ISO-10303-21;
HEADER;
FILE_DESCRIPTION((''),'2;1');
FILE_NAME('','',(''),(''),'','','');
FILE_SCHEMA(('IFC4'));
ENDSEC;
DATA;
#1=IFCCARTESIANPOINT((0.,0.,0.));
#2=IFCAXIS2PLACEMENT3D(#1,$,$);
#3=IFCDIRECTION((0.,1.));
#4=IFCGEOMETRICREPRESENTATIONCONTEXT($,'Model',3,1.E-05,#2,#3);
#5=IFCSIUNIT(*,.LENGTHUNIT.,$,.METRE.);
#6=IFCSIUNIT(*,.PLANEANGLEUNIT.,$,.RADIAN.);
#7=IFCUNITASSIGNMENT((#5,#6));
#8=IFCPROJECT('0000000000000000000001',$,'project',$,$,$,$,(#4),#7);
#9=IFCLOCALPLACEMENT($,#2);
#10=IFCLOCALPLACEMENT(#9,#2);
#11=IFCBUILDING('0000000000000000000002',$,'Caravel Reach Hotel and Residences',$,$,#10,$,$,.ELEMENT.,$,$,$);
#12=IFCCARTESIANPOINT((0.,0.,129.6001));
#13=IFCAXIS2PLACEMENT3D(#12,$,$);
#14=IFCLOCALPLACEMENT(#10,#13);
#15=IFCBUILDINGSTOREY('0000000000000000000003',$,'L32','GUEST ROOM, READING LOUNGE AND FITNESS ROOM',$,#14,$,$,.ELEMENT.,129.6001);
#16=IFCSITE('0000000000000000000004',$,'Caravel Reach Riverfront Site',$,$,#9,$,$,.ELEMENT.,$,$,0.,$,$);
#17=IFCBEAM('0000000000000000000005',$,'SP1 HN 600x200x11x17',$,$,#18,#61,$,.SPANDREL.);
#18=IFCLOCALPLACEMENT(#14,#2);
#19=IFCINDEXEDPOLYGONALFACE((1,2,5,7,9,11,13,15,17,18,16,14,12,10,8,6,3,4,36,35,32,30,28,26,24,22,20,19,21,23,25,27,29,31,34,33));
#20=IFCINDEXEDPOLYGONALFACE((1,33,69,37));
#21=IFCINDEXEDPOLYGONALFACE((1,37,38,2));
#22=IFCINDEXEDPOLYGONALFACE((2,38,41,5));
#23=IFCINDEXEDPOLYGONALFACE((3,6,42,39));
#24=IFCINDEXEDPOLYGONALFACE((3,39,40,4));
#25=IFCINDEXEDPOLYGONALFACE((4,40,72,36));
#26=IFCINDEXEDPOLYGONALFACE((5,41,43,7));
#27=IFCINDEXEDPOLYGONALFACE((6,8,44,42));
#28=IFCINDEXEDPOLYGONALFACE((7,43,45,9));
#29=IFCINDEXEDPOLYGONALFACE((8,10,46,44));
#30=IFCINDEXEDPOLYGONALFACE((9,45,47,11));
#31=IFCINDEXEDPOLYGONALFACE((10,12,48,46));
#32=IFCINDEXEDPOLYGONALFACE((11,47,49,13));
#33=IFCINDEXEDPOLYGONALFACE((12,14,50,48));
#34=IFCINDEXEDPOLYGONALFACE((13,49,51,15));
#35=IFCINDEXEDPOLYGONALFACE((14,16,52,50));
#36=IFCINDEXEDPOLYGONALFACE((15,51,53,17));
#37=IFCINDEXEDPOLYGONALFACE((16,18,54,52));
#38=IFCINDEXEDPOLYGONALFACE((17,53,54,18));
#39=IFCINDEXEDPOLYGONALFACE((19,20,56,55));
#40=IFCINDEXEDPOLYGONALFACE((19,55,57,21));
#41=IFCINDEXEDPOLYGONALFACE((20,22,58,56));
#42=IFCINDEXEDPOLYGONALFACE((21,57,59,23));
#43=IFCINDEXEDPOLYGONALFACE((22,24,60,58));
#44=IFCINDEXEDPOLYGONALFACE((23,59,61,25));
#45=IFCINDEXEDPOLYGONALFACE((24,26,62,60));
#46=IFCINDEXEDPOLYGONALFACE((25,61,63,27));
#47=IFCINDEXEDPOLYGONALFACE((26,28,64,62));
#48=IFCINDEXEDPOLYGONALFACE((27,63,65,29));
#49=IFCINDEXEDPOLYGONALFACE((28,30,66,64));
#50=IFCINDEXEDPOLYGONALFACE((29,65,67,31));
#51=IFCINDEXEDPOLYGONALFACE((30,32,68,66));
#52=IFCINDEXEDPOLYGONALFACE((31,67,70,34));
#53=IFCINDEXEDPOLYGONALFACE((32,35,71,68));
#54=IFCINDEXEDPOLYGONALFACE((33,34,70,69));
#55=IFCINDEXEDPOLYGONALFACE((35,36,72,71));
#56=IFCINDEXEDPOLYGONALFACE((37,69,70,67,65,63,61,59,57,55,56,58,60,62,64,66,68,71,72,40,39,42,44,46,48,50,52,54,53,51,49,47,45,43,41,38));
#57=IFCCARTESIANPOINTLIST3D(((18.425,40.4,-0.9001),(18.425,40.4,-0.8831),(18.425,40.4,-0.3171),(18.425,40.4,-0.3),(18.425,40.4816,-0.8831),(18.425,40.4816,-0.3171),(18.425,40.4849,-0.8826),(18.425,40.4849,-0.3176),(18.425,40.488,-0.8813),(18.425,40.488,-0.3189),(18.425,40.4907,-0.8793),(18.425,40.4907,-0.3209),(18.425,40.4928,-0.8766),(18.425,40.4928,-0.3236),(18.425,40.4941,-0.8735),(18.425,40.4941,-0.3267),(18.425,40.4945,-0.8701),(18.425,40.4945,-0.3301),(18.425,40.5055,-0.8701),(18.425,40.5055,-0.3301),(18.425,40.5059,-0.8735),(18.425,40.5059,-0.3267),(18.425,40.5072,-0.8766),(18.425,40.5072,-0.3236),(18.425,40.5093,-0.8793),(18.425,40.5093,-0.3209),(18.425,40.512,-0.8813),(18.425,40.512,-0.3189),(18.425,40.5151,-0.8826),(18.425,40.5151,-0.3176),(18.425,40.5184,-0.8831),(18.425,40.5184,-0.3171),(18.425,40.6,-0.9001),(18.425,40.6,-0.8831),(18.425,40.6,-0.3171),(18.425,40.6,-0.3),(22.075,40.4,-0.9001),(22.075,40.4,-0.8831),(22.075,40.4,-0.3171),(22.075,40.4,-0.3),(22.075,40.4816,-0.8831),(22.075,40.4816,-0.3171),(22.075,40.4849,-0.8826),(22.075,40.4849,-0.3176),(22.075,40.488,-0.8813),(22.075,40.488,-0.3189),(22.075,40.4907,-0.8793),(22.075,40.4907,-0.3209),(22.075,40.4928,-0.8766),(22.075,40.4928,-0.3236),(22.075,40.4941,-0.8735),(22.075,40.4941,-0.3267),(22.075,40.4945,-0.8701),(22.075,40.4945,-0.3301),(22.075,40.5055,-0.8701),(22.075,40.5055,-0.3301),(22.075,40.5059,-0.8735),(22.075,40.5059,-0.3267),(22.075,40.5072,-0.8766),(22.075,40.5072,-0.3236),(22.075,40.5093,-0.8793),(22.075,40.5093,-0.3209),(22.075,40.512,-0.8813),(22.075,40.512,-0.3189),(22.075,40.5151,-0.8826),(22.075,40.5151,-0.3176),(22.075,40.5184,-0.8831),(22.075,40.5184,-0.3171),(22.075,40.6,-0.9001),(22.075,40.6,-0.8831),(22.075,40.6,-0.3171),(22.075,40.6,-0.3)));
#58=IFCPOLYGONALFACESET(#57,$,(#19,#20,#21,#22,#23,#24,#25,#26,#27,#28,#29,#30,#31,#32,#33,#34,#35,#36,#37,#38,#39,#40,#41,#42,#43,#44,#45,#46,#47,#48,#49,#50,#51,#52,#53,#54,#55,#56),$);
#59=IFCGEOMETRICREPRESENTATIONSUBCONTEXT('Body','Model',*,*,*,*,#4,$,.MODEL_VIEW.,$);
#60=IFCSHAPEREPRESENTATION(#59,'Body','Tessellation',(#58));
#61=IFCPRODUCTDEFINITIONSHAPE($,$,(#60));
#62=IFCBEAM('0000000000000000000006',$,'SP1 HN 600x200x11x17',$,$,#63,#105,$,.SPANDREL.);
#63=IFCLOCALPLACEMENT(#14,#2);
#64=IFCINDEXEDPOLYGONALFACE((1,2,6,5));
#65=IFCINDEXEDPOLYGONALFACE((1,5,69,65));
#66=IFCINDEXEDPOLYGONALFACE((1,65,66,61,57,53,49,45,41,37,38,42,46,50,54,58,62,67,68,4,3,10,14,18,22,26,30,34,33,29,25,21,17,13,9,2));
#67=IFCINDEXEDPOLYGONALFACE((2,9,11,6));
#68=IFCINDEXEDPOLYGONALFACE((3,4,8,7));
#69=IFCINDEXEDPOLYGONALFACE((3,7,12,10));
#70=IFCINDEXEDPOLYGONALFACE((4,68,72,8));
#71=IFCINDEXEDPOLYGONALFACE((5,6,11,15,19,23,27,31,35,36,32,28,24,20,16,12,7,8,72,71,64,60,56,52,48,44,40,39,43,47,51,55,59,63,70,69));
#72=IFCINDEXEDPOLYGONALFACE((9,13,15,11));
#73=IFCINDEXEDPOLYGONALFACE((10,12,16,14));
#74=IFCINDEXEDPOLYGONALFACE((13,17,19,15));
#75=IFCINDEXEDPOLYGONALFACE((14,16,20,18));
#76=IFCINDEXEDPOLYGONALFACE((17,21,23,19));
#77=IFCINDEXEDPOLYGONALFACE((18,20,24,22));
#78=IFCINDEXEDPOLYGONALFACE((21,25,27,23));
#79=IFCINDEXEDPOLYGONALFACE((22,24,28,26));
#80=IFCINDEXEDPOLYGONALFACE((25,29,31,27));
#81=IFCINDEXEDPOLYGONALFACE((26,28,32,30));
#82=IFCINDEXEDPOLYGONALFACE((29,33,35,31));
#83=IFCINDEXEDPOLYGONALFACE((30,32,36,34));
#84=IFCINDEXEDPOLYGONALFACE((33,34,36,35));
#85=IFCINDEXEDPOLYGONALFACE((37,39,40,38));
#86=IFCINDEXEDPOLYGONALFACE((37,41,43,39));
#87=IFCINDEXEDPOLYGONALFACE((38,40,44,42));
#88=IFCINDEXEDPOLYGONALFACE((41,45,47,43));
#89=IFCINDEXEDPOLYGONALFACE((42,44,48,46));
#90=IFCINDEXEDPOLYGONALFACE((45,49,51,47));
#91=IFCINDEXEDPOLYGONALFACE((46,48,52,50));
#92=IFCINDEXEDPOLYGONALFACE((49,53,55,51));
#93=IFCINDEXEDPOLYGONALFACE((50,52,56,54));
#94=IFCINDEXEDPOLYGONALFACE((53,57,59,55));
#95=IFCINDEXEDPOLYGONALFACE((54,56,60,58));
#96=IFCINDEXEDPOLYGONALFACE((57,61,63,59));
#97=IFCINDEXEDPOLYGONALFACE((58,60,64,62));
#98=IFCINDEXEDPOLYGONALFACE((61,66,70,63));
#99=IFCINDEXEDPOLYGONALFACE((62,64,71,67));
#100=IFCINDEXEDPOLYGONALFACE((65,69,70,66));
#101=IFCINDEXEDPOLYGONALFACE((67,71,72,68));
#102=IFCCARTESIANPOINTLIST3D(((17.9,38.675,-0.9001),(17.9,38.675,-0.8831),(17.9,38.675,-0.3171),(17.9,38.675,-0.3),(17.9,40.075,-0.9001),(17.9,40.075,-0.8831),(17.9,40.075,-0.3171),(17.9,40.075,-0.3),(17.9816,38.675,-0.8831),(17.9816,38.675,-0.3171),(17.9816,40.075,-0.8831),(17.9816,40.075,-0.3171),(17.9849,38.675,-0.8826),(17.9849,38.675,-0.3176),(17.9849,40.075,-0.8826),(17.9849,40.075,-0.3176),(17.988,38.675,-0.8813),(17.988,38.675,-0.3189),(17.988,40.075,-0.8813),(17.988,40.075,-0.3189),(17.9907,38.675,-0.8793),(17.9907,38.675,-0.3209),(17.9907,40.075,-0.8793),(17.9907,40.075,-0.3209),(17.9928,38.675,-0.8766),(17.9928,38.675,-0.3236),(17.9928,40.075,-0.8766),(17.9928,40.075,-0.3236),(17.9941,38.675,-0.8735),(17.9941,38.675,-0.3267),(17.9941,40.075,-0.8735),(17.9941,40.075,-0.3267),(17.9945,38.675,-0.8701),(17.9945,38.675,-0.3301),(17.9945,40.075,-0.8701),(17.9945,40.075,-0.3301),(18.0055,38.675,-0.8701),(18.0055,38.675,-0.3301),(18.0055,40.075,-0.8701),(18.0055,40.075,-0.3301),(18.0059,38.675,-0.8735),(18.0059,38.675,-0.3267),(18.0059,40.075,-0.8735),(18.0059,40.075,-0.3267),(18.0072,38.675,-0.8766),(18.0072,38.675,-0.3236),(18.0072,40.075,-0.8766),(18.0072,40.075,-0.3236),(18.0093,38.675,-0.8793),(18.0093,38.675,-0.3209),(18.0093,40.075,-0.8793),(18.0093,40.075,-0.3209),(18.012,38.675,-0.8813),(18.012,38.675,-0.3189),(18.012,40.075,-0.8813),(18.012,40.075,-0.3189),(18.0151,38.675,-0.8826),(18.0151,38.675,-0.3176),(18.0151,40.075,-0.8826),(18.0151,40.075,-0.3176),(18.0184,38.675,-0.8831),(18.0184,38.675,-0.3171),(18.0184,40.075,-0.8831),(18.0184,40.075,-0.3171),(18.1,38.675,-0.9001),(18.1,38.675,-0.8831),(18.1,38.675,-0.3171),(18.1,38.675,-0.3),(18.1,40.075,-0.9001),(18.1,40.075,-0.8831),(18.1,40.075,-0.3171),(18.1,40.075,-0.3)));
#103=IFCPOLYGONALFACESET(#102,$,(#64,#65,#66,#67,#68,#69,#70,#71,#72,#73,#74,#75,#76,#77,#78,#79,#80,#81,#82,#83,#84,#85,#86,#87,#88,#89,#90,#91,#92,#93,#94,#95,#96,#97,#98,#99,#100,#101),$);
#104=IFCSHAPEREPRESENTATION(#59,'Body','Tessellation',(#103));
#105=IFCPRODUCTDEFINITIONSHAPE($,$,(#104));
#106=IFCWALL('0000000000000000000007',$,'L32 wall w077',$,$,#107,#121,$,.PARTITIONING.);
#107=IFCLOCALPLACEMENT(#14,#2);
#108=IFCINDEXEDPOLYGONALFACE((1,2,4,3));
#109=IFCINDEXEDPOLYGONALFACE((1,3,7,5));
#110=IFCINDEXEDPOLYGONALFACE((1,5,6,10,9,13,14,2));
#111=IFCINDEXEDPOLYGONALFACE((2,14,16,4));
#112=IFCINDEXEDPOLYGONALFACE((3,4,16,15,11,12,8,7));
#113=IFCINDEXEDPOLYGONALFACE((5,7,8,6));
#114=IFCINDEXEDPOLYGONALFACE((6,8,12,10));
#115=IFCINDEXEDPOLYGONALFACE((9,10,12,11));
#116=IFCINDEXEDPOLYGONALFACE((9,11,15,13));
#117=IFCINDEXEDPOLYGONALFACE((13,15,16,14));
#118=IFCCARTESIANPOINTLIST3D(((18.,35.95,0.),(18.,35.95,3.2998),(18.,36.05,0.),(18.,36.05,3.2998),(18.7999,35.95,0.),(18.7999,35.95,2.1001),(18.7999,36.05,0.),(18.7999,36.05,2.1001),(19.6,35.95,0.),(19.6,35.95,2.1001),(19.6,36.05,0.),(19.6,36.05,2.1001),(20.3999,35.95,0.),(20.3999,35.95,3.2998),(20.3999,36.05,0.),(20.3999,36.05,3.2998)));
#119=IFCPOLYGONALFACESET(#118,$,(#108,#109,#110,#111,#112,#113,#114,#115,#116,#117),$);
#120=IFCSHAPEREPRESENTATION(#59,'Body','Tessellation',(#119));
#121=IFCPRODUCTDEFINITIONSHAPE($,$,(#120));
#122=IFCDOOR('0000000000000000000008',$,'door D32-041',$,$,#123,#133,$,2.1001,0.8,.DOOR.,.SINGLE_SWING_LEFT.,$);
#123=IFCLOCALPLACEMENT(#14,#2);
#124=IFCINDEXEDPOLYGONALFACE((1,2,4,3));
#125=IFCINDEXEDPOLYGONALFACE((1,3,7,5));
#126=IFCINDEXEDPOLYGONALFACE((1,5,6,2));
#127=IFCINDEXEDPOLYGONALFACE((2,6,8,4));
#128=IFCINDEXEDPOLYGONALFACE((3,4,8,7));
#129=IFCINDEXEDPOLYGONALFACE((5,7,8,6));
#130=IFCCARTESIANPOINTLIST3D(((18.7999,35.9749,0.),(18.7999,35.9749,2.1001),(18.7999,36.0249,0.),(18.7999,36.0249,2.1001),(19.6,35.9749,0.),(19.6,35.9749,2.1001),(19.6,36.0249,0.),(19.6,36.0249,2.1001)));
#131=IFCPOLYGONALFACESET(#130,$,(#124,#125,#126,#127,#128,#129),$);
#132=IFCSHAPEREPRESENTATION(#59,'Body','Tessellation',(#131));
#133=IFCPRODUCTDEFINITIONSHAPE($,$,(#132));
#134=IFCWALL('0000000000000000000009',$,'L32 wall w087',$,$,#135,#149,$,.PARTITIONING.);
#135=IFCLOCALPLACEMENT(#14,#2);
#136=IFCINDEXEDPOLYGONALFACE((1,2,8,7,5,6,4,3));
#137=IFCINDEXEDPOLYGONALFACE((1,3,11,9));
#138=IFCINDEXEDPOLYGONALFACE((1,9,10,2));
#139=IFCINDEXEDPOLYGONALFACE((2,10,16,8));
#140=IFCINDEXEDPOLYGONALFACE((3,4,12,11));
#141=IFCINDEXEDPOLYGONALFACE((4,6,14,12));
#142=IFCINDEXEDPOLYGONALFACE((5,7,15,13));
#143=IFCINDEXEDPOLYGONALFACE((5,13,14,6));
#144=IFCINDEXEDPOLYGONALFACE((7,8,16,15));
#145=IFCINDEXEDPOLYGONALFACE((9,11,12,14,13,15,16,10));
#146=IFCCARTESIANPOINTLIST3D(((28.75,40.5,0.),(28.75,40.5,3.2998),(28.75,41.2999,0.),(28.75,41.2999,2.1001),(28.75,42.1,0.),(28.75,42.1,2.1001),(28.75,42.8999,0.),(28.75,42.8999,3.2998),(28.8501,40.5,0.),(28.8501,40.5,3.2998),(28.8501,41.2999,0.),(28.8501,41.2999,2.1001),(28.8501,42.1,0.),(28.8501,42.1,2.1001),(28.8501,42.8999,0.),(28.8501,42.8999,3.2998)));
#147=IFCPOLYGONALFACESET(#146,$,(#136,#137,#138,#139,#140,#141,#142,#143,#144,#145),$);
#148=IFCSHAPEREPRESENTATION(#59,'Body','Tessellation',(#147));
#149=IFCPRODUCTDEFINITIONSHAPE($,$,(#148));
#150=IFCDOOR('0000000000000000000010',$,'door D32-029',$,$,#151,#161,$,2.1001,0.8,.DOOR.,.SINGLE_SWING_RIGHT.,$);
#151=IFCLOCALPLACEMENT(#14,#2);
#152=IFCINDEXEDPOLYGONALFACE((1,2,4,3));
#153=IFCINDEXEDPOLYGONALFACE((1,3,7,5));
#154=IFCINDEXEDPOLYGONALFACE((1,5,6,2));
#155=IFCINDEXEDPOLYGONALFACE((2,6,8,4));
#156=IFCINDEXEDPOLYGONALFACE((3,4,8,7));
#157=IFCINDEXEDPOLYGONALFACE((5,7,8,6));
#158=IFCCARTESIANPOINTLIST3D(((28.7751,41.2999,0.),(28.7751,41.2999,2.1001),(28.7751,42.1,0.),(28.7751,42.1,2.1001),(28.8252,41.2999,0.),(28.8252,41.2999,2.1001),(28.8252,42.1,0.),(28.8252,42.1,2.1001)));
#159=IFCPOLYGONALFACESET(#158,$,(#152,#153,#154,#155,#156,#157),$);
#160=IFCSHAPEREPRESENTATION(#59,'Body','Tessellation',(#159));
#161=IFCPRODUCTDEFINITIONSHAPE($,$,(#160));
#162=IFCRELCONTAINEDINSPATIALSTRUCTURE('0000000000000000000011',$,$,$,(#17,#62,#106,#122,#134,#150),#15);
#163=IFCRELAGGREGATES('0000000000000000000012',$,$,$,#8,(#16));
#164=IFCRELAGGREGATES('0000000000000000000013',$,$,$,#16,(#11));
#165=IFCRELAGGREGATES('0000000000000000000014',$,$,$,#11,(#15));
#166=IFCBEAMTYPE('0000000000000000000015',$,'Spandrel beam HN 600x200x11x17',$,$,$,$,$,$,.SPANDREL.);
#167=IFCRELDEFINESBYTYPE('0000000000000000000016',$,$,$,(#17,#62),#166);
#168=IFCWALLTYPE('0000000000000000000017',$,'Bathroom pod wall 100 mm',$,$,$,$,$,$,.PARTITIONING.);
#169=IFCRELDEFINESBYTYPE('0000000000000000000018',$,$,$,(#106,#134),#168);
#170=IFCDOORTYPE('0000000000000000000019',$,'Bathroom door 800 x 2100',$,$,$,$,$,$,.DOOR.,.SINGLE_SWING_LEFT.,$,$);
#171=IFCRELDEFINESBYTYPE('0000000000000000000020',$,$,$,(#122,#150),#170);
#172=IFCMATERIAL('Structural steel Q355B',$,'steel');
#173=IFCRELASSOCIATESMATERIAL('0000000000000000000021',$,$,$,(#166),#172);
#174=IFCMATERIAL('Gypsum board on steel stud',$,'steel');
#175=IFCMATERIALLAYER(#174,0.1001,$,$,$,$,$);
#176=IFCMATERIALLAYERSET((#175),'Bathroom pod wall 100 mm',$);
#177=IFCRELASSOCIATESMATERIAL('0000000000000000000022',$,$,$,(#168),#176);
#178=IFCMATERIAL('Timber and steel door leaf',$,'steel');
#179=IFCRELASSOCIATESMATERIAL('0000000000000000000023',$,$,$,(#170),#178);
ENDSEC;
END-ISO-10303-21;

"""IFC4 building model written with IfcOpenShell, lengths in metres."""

from ifc_helpers import new_model, si_unit, direction, frame, frame_2d, origin, origin_2d, place, context, subcontext, project, spatial, rectangle, i_section, extrude, material, layer, layer_set, material_profile, profile_set, type_object, element, fill, save


model = new_model("IFC4")

# Units and contexts
model_context = context("Model", 3, precision=1e-05, world=origin(), true_north=direction((0.0, 1.0)))
body_context = subcontext(model_context, "Body", "Model", "MODEL_VIEW")
ifc_project = project(units=[si_unit("LENGTHUNIT", "METRE"), si_unit("PLANEANGLEUNIT", "RADIAN")], contexts=[model_context])

# Site, building, storey
site_placement = place(None, origin())
site = spatial("IfcSite", under=ifc_project, at=site_placement, Name="Caravel Reach Riverfront Site", CompositionType="ELEMENT", RefElevation=0.0)
building_placement = place(site_placement, origin())
building = spatial("IfcBuilding", under=site, at=building_placement, Name="Caravel Reach Hotel and Residences", CompositionType="ELEMENT")
storey_placement = place(building_placement, frame((0.0, 0.0, 129.6001)))
storey = spatial("IfcBuildingStorey", under=building, at=storey_placement, Name="L32", Description="GUEST ROOM, READING LOUNGE AND FITNESS ROOM", CompositionType="ELEMENT", Elevation=129.6001)

# Beams
ifc_material_1 = material(Name="Structural steel Q355B", Category="steel")
ifc_material_profile_1 = material_profile(ifc_material_1, i_section(OverallWidth=0.2, OverallDepth=0.6001, WebThickness=0.011, FlangeThickness=0.0171, FilletRadius=0.0129, at=origin_2d()), Name="HN 600x200x11x17")
ifc_profile_set_1 = profile_set([ifc_material_profile_1], Name="Structural steel Q355B")
beam_type_1 = type_object("IfcBeamType", Name="Spandrel beam HN 600x200x11x17", PredefinedType="SPANDREL", material=ifc_profile_set_1)
beam_1_placement = place(storey_placement, frame((22.075, 40.5, -0.6001), z_axis=(-1.0, 0.0, 0.0), x_axis=(0.0, -1.0, 0.0)))
element("IfcBeam", 1, at=beam_1_placement, inside=storey, type_object=beam_type_1, Name="SP1 HN 600x200x11x17", PredefinedType="SPANDREL", context=body_context, shape_type="SweptSolid", body=[
    extrude(i_section(OverallWidth=0.2, OverallDepth=0.6001, WebThickness=0.011, FlangeThickness=0.0171, FilletRadius=0.0129, at=origin_2d()), origin(), (0.0, 0.0, 1.0), 3.6499),
])
beam_2_placement = place(storey_placement, frame((18.0, 40.075, -0.6001), z_axis=(0.0, -1.0, 0.0), x_axis=(1.0, 0.0, 0.0)))
element("IfcBeam", 2, at=beam_2_placement, inside=storey, type_object=beam_type_1, Name="SP1 HN 600x200x11x17", PredefinedType="SPANDREL", context=body_context, shape_type="SweptSolid", body=[
    extrude(i_section(OverallWidth=0.2, OverallDepth=0.6001, WebThickness=0.011, FlangeThickness=0.0171, FilletRadius=0.0129, at=origin_2d()), origin(), (0.0, 0.0, 1.0), 1.3999),
])

# Walls, openings, doors
ifc_material_2 = material(Name="Gypsum board on steel stud", Category="steel")
ifc_layer_1 = layer(ifc_material_2, 0.1001)
ifc_layer_set_1 = layer_set([ifc_layer_1], Name="Bathroom pod wall 100 mm")
wall_type_1 = type_object("IfcWallType", Name="Bathroom pod wall 100 mm", PredefinedType="PARTITIONING", material=ifc_layer_set_1)
wall_1_placement = place(storey_placement, frame((18.0, 36.0, 0.0), z_axis=(0.0, 0.0, 1.0), x_axis=(1.0, 0.0, 0.0)))
wall_1 = element("IfcWall", 3, at=wall_1_placement, inside=storey, type_object=wall_type_1, Name="L32 wall w077", PredefinedType="PARTITIONING", context=body_context, shape_type="SweptSolid", body=[
    extrude(rectangle(XDim=2.3999, YDim=0.1001, at=frame_2d((1.2, 0.0))), origin(), (0.0, 0.0, 1.0), 3.2998),
])
opening_1_placement = place(wall_1_placement, frame((0.8, 0.0, 0.0)))
opening_1 = element("IfcOpeningElement", 4, at=opening_1_placement, cuts=wall_1, PredefinedType="OPENING", context=body_context, shape_type="SweptSolid", body=[
    extrude(rectangle(XDim=0.8, YDim=2.1001, at=frame_2d((0.3999, 1.05))), frame((0.0, 0.0601, 0.0), z_axis=(0.0, -1.0, 0.0), x_axis=(1.0, 0.0, 0.0)), (0.0, 0.0, 1.0), 0.1201),
])
ifc_material_3 = material(Name="Timber and steel door leaf", Category="steel")
door_type = type_object("IfcDoorType", Name="Bathroom door 800 x 2100", OperationType="SINGLE_SWING_LEFT", PredefinedType="DOOR", material=ifc_material_3)
door_1_placement = place(opening_1_placement, origin())
door_1 = element("IfcDoor", 5, at=door_1_placement, inside=storey, type_object=door_type, Name="door D32-041", OperationType="SINGLE_SWING_LEFT", OverallHeight=2.1001, OverallWidth=0.8, PredefinedType="DOOR", context=body_context, shape_type="SweptSolid", body=[
    extrude(rectangle(XDim=0.8, YDim=2.1001, at=frame_2d((0.3999, 1.05))), frame((0.0, 0.0249, 0.0), z_axis=(0.0, -1.0, 0.0), x_axis=(1.0, 0.0, 0.0)), (0.0, 0.0, 1.0), 0.05),
])
fill(opening_1, door_1)
wall_2_placement = place(storey_placement, frame((28.8, 40.5, 0.0), z_axis=(0.0, 0.0, 1.0), x_axis=(0.0, 1.0, 0.0)))
wall_2 = element("IfcWall", 6, at=wall_2_placement, inside=storey, type_object=wall_type_1, Name="L32 wall w087", PredefinedType="PARTITIONING", context=body_context, shape_type="SweptSolid", body=[
    extrude(rectangle(XDim=2.3999, YDim=0.1001, at=frame_2d((1.2, 0.0))), origin(), (0.0, 0.0, 1.0), 3.2998),
])
opening_2_placement = place(wall_2_placement, frame((0.8, 0.0, 0.0)))
opening_2 = element("IfcOpeningElement", 7, at=opening_2_placement, cuts=wall_2, PredefinedType="OPENING", context=body_context, shape_type="SweptSolid", body=[
    extrude(rectangle(XDim=0.8, YDim=2.1001, at=frame_2d((0.3999, 1.05))), frame((0.0, 0.0601, 0.0), z_axis=(0.0, -1.0, 0.0), x_axis=(1.0, 0.0, 0.0)), (0.0, 0.0, 1.0), 0.1201),
])
door_2_placement = place(opening_2_placement, origin())
door_2 = element("IfcDoor", 8, at=door_2_placement, inside=storey, type_object=door_type, Name="door D32-029", OperationType="SINGLE_SWING_RIGHT", OverallHeight=2.1001, OverallWidth=0.8, PredefinedType="DOOR", context=body_context, shape_type="SweptSolid", body=[
    extrude(rectangle(XDim=0.8, YDim=2.1001, at=frame_2d((0.3999, 1.05))), frame((0.0, 0.0249, 0.0), z_axis=(0.0, -1.0, 0.0), x_axis=(1.0, 0.0, 0.0)), (0.0, 0.0, 1.0), 0.05),
])
fill(opening_2, door_2)

save(model, "model.ifc")
